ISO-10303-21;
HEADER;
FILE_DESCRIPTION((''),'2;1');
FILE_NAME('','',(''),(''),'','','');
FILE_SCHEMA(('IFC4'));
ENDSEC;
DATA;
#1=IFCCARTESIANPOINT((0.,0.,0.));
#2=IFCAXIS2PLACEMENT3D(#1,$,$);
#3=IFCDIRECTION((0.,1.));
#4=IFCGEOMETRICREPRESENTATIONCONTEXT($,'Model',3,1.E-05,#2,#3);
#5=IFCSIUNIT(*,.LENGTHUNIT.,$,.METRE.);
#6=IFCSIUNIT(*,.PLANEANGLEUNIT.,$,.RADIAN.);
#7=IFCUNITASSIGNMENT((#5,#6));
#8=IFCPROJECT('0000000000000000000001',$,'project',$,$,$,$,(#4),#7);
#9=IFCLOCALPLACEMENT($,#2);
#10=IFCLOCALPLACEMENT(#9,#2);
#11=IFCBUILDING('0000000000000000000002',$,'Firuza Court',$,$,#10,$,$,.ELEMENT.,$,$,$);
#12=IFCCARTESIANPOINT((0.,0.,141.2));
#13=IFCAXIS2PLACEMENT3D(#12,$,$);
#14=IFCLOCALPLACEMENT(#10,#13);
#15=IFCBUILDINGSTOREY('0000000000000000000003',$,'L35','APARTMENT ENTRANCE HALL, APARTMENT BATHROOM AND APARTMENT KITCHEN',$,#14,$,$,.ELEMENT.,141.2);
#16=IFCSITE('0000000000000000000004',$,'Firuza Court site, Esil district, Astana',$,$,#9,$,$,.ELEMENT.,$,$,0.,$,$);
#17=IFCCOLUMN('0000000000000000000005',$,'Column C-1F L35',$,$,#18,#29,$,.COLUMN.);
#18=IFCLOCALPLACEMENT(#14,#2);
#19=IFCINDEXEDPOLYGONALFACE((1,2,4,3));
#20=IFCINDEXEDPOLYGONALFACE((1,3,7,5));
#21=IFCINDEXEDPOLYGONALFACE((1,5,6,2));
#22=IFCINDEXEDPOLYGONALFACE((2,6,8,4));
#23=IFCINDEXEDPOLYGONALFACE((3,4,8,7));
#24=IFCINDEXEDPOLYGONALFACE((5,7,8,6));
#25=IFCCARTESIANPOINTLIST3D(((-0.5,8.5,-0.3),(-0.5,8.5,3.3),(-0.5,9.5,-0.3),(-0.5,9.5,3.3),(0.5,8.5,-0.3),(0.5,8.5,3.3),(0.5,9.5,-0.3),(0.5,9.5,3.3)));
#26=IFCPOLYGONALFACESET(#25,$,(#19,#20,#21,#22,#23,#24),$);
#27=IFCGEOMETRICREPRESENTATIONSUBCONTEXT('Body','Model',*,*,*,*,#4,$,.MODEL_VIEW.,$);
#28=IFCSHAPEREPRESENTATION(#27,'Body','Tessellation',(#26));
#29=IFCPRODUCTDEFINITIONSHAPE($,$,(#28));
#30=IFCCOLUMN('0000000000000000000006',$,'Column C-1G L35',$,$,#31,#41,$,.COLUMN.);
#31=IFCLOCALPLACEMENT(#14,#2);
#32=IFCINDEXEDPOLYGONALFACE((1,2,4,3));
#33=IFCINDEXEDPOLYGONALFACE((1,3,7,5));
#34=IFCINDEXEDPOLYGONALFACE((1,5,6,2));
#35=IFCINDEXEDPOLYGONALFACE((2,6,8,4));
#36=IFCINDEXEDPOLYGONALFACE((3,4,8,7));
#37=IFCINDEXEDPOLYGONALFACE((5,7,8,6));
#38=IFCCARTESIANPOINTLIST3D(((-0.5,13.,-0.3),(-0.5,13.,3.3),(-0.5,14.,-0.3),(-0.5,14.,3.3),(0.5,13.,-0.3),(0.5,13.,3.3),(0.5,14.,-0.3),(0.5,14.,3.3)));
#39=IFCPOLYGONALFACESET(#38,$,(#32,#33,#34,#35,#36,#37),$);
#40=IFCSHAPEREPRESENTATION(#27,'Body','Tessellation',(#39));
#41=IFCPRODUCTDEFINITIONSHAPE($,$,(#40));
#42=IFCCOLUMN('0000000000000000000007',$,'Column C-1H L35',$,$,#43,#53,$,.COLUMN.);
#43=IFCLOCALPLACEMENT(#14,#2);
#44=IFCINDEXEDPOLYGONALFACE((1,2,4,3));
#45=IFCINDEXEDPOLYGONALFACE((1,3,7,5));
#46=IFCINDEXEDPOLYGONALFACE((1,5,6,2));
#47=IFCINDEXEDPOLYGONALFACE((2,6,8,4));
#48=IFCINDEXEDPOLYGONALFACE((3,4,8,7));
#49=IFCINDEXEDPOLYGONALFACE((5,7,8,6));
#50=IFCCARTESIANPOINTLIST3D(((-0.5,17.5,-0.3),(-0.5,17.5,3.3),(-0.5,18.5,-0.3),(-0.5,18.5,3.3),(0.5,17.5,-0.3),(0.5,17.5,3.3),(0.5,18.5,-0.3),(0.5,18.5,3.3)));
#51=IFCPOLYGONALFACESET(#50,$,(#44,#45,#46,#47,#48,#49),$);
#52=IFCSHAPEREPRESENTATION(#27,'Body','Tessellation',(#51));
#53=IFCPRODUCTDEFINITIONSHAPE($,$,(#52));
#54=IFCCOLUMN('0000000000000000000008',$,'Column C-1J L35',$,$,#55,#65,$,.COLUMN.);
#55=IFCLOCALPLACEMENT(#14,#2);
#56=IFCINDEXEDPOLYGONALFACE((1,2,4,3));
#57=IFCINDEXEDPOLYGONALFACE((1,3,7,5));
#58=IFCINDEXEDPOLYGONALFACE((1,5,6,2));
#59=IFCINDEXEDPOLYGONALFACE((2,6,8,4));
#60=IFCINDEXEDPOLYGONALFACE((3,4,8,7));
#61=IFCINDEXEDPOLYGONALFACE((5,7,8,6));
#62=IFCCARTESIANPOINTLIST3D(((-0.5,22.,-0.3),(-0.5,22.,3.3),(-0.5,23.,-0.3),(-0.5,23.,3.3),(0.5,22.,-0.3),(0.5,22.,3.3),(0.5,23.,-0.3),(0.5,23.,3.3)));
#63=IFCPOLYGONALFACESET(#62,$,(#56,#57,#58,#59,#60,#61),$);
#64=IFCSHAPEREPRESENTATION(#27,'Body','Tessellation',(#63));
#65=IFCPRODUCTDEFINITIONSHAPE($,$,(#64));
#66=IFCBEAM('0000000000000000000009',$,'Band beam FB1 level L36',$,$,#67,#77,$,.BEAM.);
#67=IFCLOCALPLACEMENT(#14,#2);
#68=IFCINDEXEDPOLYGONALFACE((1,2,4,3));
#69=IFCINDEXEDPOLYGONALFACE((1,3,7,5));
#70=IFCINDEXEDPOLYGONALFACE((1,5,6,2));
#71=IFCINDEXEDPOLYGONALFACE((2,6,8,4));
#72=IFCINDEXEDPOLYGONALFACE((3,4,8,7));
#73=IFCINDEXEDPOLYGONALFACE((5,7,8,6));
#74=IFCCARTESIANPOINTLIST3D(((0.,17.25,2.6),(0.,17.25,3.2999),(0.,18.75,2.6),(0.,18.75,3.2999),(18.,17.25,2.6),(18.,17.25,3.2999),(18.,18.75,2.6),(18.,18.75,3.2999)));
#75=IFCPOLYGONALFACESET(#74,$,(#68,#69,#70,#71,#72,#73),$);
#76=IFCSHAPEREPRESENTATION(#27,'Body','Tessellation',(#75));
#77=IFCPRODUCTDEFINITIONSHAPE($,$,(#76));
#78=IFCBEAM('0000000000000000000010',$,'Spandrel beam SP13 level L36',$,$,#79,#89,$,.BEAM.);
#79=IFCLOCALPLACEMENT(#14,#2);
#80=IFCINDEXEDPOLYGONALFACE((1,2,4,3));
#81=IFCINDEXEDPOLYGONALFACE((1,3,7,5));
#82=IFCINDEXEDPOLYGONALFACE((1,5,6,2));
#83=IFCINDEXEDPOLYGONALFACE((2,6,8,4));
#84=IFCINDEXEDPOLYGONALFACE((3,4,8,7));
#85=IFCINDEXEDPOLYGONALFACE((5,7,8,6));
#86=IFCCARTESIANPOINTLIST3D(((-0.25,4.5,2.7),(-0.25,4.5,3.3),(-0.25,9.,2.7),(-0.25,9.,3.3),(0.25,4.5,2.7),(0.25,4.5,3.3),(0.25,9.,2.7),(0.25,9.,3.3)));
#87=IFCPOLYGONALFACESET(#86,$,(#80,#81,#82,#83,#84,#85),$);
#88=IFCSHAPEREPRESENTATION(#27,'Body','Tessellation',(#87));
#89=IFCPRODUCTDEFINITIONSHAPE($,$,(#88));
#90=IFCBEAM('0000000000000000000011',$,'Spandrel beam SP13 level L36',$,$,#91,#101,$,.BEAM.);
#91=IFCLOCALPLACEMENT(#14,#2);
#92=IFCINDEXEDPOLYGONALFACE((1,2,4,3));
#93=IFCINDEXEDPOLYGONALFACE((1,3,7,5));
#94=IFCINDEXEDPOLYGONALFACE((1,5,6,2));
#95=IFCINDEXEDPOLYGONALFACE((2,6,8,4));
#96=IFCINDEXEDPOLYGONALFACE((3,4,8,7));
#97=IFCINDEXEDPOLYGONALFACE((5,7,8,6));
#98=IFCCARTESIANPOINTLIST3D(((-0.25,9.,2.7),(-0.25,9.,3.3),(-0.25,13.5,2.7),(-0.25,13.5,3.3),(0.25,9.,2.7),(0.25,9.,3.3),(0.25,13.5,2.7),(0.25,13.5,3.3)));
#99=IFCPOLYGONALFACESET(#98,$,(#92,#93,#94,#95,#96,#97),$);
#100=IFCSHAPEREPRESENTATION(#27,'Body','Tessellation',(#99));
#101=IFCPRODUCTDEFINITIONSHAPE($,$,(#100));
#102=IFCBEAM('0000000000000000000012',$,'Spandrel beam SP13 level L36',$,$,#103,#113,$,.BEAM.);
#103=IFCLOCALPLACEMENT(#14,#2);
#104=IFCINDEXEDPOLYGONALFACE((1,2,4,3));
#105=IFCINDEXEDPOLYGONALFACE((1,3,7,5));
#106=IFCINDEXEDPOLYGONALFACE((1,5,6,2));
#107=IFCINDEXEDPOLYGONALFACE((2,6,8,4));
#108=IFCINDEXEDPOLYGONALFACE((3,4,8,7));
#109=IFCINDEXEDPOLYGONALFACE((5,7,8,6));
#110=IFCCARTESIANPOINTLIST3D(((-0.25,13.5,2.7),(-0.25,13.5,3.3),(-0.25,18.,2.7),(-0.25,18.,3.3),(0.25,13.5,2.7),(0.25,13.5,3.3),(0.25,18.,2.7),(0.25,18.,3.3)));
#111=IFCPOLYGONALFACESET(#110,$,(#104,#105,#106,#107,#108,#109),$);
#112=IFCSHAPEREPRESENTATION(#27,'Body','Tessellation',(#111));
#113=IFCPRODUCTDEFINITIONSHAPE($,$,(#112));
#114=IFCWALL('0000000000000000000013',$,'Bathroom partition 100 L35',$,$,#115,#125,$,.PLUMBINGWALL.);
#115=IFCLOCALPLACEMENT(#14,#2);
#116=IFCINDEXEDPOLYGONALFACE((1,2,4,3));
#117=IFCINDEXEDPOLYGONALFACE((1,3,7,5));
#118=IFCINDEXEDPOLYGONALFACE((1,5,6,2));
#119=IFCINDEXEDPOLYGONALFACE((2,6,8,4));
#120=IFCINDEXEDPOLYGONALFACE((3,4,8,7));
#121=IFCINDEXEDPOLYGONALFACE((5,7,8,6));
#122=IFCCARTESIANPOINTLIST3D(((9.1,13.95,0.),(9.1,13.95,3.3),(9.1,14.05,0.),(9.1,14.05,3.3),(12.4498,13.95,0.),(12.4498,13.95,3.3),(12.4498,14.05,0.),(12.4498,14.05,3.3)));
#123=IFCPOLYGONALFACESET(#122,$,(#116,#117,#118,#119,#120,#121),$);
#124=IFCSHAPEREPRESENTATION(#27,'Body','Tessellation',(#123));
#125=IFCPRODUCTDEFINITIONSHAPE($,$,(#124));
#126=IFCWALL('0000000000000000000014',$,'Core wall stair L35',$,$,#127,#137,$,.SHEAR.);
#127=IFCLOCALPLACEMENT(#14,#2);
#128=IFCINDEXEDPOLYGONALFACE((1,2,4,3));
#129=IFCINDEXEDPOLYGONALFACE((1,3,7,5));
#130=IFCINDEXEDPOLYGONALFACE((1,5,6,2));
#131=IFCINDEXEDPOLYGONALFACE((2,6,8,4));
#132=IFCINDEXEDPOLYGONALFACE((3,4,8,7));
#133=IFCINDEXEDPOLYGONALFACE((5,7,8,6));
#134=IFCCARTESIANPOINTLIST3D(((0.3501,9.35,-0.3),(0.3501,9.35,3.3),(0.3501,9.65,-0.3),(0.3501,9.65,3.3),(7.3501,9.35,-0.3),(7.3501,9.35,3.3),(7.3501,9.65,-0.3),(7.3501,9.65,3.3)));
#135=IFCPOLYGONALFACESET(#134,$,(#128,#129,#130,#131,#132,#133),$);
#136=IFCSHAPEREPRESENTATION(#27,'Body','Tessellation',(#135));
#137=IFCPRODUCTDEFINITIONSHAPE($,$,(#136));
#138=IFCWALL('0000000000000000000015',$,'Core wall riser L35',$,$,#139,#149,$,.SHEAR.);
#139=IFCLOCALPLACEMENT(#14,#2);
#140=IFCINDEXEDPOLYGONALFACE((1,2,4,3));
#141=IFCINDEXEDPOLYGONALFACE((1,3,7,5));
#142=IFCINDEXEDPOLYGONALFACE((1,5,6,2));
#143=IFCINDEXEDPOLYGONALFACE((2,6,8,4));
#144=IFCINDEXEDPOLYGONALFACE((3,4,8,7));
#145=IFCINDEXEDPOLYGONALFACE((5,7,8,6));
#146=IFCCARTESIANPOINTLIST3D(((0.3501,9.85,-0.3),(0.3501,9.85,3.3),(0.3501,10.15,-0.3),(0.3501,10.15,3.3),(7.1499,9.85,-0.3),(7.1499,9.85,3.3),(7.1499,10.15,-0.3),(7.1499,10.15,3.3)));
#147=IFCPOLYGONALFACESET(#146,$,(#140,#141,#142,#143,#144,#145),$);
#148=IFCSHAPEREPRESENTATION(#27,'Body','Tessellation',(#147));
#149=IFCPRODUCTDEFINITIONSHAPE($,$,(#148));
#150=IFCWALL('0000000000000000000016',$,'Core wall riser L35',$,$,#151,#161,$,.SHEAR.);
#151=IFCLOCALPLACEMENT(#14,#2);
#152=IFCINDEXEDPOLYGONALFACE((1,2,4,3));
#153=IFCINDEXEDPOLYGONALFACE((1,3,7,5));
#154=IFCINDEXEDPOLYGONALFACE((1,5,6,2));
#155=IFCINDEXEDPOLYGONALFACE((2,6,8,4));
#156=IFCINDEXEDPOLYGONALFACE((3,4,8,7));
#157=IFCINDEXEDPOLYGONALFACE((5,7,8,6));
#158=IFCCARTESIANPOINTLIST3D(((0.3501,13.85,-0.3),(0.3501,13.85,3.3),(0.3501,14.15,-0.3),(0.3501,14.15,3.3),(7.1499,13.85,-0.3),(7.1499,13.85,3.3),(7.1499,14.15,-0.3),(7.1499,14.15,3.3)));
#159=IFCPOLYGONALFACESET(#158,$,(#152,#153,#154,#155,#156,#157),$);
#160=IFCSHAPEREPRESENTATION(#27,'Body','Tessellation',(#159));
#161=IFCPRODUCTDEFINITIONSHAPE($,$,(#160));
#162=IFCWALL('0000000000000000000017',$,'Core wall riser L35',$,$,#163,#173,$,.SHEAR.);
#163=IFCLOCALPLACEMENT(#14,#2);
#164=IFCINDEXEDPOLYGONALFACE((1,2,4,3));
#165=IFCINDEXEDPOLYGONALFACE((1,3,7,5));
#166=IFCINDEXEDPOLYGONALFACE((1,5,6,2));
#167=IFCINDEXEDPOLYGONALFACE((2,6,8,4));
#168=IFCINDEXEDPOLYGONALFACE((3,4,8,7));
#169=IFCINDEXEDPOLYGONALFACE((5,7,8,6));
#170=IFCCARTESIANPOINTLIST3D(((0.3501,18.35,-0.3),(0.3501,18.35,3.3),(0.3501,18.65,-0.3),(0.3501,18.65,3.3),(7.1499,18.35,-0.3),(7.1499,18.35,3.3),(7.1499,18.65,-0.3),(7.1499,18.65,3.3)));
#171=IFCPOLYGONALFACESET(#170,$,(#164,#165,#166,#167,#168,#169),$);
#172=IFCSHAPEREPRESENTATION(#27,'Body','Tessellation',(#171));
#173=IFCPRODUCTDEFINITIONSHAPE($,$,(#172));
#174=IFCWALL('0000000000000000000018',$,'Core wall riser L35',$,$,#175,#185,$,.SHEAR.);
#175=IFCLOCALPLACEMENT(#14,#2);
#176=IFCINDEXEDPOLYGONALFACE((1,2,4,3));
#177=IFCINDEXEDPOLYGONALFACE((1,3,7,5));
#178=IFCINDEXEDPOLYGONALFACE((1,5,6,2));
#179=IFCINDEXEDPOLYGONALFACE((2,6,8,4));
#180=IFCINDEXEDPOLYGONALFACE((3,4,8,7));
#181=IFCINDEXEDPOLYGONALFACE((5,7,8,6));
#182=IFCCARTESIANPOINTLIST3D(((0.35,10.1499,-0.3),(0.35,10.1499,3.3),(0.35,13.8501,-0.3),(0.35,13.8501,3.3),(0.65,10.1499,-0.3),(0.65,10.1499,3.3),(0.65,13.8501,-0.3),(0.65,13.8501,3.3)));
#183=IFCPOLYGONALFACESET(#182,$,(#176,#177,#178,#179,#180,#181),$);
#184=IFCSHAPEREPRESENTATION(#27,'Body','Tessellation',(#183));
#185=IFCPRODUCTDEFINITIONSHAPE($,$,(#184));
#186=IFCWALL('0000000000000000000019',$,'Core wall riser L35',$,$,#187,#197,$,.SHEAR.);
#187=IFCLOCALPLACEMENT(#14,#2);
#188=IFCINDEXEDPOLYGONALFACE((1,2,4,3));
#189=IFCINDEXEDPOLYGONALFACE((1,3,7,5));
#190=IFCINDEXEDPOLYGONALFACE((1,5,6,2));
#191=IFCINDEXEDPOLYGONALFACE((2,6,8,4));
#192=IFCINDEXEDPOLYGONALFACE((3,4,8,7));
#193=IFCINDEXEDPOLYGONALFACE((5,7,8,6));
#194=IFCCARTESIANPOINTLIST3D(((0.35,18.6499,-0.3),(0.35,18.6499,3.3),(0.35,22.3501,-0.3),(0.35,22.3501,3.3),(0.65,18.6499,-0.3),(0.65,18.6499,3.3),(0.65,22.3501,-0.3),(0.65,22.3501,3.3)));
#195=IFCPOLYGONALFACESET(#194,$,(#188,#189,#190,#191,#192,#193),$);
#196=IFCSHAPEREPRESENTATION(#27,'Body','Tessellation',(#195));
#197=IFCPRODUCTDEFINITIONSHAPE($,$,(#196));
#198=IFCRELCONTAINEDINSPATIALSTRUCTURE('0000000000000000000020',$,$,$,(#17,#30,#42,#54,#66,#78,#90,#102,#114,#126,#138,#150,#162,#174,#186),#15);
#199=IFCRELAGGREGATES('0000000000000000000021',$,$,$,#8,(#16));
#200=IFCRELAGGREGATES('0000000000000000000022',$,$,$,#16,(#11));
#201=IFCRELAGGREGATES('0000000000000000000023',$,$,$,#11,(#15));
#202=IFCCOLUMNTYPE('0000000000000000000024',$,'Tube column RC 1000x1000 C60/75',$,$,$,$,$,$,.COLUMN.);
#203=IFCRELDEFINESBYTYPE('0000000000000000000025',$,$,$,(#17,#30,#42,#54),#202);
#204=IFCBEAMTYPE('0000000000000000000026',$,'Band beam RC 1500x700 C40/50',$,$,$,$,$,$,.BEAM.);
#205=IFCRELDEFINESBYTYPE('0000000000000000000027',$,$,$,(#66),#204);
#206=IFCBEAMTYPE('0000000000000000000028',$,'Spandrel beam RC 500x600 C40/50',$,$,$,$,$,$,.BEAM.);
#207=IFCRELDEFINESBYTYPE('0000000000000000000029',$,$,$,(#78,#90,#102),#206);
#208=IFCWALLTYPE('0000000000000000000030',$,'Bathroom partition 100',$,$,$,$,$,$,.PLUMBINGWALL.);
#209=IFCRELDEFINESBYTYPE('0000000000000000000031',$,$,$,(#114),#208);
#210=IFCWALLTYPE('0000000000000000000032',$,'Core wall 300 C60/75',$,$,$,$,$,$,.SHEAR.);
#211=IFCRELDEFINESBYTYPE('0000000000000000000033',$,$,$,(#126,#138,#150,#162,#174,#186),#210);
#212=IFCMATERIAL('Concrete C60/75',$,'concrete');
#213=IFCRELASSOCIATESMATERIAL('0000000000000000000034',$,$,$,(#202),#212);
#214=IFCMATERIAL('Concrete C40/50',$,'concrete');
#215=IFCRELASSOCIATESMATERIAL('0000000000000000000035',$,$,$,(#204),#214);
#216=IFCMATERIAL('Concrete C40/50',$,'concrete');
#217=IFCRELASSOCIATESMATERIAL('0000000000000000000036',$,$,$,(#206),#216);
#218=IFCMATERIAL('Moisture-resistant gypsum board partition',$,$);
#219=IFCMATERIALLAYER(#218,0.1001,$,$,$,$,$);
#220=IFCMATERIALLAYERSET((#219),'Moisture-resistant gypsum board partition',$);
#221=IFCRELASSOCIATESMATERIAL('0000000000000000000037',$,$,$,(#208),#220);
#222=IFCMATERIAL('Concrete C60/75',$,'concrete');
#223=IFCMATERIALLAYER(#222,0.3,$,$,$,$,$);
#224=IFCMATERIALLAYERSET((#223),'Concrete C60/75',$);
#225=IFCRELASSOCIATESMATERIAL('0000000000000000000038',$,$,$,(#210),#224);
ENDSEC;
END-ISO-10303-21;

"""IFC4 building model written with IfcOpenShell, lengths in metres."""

from ifc_helpers import new_model, si_unit, direction, frame, frame_2d, origin, origin_2d, place, context, subcontext, project, spatial, rectangle, extrude, material, layer, layer_set, material_profile, profile_set, type_object, element, save


model = new_model("IFC4")

# Units and contexts
model_context = context("Model", 3, precision=1e-05, world=origin(), true_north=direction((0.0, 1.0)))
body_context = subcontext(model_context, "Body", "Model", "MODEL_VIEW")
ifc_project = project(units=[si_unit("LENGTHUNIT", "METRE"), si_unit("PLANEANGLEUNIT", "RADIAN")], contexts=[model_context])

# Site, building, storey
site_placement = place(None, origin())
site = spatial("IfcSite", under=ifc_project, at=site_placement, Name="Firuza Court site, Esil district, Astana", CompositionType="ELEMENT", RefElevation=0.0)
building_placement = place(site_placement, origin())
building = spatial("IfcBuilding", under=site, at=building_placement, Name="Firuza Court", CompositionType="ELEMENT")
storey_placement = place(building_placement, frame((0.0, 0.0, 141.2)))
storey = spatial("IfcBuildingStorey", under=building, at=storey_placement, Name="L35", Description="APARTMENT ENTRANCE HALL, APARTMENT BATHROOM AND APARTMENT KITCHEN", CompositionType="ELEMENT", Elevation=141.2)

# Columns
ifc_material_1 = material(Name="Concrete C60/75", Category="concrete")
ifc_material_profile_1 = material_profile(ifc_material_1, rectangle(XDim=1.0, YDim=1.0, at=origin_2d()), Name="RC 1000x1000")
ifc_profile_set_1 = profile_set([ifc_material_profile_1], Name="Concrete C60/75")
column_type = type_object("IfcColumnType", Name="Tube column RC 1000x1000 C60/75", PredefinedType="COLUMN", material=ifc_profile_set_1)
for number, where, z_axis, x_axis, name in (
    (1, (0.0, 9.0, -0.3), (0.0, 0.0, 1.0), (1.0, 0.0, 0.0), "Column C-1F L35"),
    (2, (0.0, 13.5, -0.3), (0.0, 0.0, 1.0), (1.0, 0.0, 0.0), "Column C-1G L35"),
    (3, (0.0, 18.0, -0.3), (0.0, 0.0, 1.0), (1.0, 0.0, 0.0), "Column C-1H L35"),
    (4, (0.0, 22.5, -0.3), (0.0, 0.0, 1.0), (1.0, 0.0, 0.0), "Column C-1J L35"),
):
    element("IfcColumn", number, at=place(storey_placement, frame(where, z_axis=z_axis, x_axis=x_axis)), inside=storey, type_object=column_type, Name=name, PredefinedType="COLUMN", context=body_context, shape_type="SweptSolid", body=[
        extrude(rectangle(XDim=1.0, YDim=1.0, at=origin_2d()), origin(), (0.0, 0.0, 1.0), 3.6001),
    ])

# Beams
ifc_material_2 = material(Name="Concrete C40/50", Category="concrete")
ifc_material_profile_2 = material_profile(ifc_material_2, rectangle(XDim=1.5, YDim=0.7, at=origin_2d()), Name="RC 1500x700")
ifc_profile_set_2 = profile_set([ifc_material_profile_2], Name="Concrete C40/50")
beam_type_1 = type_object("IfcBeamType", Name="Band beam RC 1500x700 C40/50", PredefinedType="BEAM", material=ifc_profile_set_2)
beam_placement = place(storey_placement, frame((0.0, 18.0, 2.95), z_axis=(1.0, 0.0, 0.0), x_axis=(0.0, 1.0, 0.0)))
element("IfcBeam", 5, at=beam_placement, inside=storey, type_object=beam_type_1, Name="Band beam FB1 level L36", PredefinedType="BEAM", context=body_context, shape_type="SweptSolid", body=[
    extrude(rectangle(XDim=1.5, YDim=0.7, at=origin_2d()), origin(), (0.0, 0.0, 1.0), 18.0),
])
ifc_material_3 = material(Name="Concrete C40/50", Category="concrete")
ifc_material_profile_3 = material_profile(ifc_material_3, rectangle(XDim=0.5, YDim=0.6001, at=origin_2d()), Name="RC 500x600")
ifc_profile_set_3 = profile_set([ifc_material_profile_3], Name="Concrete C40/50")
beam_type_2 = type_object("IfcBeamType", Name="Spandrel beam RC 500x600 C40/50", PredefinedType="BEAM", material=ifc_profile_set_3)
for number, where, z_axis, x_axis, name in (
    (6, (0.0, 9.0, 3.0), (0.0, -1.0, 0.0), (1.0, 0.0, 0.0), "Spandrel beam SP13 level L36"),
    (7, (0.0, 13.5, 3.0), (0.0, -1.0, 0.0), (1.0, 0.0, 0.0), "Spandrel beam SP13 level L36"),
    (8, (0.0, 18.0, 3.0), (0.0, -1.0, 0.0), (1.0, 0.0, 0.0), "Spandrel beam SP13 level L36"),
):
    element("IfcBeam", number, at=place(storey_placement, frame(where, z_axis=z_axis, x_axis=x_axis)), inside=storey, type_object=beam_type_2, Name=name, PredefinedType="BEAM", context=body_context, shape_type="SweptSolid", body=[
        extrude(rectangle(XDim=0.5, YDim=0.6001, at=origin_2d()), origin(), (0.0, 0.0, 1.0), 4.5),
    ])

# Walls
ifc_material_4 = material(Name="Moisture-resistant gypsum board partition")
ifc_layer_1 = layer(ifc_material_4, 0.1001)
ifc_layer_set_1 = layer_set([ifc_layer_1], Name="Moisture-resistant gypsum board partition")
wall_type_1 = type_object("IfcWallType", Name="Bathroom partition 100", PredefinedType="PLUMBINGWALL", material=ifc_layer_set_1)
wall_1_placement = place(storey_placement, frame((9.1001, 14.0, 0.0), z_axis=(0.0, 0.0, 1.0), x_axis=(1.0, 0.0, 0.0)))
element("IfcWall", 9, at=wall_1_placement, inside=storey, type_object=wall_type_1, Name="Bathroom partition 100 L35", PredefinedType="PLUMBINGWALL", context=body_context, shape_type="SweptSolid", body=[
    extrude(rectangle(XDim=3.3499, YDim=0.1001, at=frame_2d((1.6748, 0.0))), origin(), (0.0, 0.0, 1.0), 3.3),
])
ifc_material_5 = material(Name="Concrete C60/75", Category="concrete")
ifc_layer_2 = layer(ifc_material_5, 0.3)
ifc_layer_set_2 = layer_set([ifc_layer_2], Name="Concrete C60/75")
wall_type_2 = type_object("IfcWallType", Name="Core wall 300 C60/75", PredefinedType="SHEAR", material=ifc_layer_set_2)
wall_2_placement = place(storey_placement, frame((0.3501, 9.5, -0.3), z_axis=(0.0, 0.0, 1.0), x_axis=(1.0, 0.0, 0.0)))
element("IfcWall", 10, at=wall_2_placement, inside=storey, type_object=wall_type_2, Name="Core wall stair L35", PredefinedType="SHEAR", context=body_context, shape_type="SweptSolid", body=[
    extrude(rectangle(XDim=7.0, YDim=0.3, at=frame_2d((3.5, 0.0))), origin(), (0.0, 0.0, 1.0), 3.6001),
])
for number, where, z_axis, x_axis, name in (
    (11, (0.3501, 10.0, -0.3), (0.0, 0.0, 1.0), (1.0, 0.0, 0.0), "Core wall riser L35"),
    (12, (0.3501, 14.0, -0.3), (0.0, 0.0, 1.0), (1.0, 0.0, 0.0), "Core wall riser L35"),
    (13, (0.3501, 18.5, -0.3), (0.0, 0.0, 1.0), (1.0, 0.0, 0.0), "Core wall riser L35"),
):
    element("IfcWall", number, at=place(storey_placement, frame(where, z_axis=z_axis, x_axis=x_axis)), inside=storey, type_object=wall_type_2, Name=name, PredefinedType="SHEAR", context=body_context, shape_type="SweptSolid", body=[
        extrude(rectangle(XDim=6.7998, YDim=0.3, at=frame_2d((3.3999, 0.0))), origin(), (0.0, 0.0, 1.0), 3.6001),
    ])
for number, where, z_axis, x_axis, name in (
    (14, (0.5, 10.1499, -0.3), (0.0, 0.0, 1.0), (0.0, 1.0, 0.0), "Core wall riser L35"),
    (15, (0.5, 18.6499, -0.3), (0.0, 0.0, 1.0), (0.0, 1.0, 0.0), "Core wall riser L35"),
):
    element("IfcWall", number, at=place(storey_placement, frame(where, z_axis=z_axis, x_axis=x_axis)), inside=storey, type_object=wall_type_2, Name=name, PredefinedType="SHEAR", context=body_context, shape_type="SweptSolid", body=[
        extrude(rectangle(XDim=3.7002, YDim=0.3, at=frame_2d((1.8501, 0.0))), origin(), (0.0, 0.0, 1.0), 3.6001),
    ])

save(model, "model.ifc")
